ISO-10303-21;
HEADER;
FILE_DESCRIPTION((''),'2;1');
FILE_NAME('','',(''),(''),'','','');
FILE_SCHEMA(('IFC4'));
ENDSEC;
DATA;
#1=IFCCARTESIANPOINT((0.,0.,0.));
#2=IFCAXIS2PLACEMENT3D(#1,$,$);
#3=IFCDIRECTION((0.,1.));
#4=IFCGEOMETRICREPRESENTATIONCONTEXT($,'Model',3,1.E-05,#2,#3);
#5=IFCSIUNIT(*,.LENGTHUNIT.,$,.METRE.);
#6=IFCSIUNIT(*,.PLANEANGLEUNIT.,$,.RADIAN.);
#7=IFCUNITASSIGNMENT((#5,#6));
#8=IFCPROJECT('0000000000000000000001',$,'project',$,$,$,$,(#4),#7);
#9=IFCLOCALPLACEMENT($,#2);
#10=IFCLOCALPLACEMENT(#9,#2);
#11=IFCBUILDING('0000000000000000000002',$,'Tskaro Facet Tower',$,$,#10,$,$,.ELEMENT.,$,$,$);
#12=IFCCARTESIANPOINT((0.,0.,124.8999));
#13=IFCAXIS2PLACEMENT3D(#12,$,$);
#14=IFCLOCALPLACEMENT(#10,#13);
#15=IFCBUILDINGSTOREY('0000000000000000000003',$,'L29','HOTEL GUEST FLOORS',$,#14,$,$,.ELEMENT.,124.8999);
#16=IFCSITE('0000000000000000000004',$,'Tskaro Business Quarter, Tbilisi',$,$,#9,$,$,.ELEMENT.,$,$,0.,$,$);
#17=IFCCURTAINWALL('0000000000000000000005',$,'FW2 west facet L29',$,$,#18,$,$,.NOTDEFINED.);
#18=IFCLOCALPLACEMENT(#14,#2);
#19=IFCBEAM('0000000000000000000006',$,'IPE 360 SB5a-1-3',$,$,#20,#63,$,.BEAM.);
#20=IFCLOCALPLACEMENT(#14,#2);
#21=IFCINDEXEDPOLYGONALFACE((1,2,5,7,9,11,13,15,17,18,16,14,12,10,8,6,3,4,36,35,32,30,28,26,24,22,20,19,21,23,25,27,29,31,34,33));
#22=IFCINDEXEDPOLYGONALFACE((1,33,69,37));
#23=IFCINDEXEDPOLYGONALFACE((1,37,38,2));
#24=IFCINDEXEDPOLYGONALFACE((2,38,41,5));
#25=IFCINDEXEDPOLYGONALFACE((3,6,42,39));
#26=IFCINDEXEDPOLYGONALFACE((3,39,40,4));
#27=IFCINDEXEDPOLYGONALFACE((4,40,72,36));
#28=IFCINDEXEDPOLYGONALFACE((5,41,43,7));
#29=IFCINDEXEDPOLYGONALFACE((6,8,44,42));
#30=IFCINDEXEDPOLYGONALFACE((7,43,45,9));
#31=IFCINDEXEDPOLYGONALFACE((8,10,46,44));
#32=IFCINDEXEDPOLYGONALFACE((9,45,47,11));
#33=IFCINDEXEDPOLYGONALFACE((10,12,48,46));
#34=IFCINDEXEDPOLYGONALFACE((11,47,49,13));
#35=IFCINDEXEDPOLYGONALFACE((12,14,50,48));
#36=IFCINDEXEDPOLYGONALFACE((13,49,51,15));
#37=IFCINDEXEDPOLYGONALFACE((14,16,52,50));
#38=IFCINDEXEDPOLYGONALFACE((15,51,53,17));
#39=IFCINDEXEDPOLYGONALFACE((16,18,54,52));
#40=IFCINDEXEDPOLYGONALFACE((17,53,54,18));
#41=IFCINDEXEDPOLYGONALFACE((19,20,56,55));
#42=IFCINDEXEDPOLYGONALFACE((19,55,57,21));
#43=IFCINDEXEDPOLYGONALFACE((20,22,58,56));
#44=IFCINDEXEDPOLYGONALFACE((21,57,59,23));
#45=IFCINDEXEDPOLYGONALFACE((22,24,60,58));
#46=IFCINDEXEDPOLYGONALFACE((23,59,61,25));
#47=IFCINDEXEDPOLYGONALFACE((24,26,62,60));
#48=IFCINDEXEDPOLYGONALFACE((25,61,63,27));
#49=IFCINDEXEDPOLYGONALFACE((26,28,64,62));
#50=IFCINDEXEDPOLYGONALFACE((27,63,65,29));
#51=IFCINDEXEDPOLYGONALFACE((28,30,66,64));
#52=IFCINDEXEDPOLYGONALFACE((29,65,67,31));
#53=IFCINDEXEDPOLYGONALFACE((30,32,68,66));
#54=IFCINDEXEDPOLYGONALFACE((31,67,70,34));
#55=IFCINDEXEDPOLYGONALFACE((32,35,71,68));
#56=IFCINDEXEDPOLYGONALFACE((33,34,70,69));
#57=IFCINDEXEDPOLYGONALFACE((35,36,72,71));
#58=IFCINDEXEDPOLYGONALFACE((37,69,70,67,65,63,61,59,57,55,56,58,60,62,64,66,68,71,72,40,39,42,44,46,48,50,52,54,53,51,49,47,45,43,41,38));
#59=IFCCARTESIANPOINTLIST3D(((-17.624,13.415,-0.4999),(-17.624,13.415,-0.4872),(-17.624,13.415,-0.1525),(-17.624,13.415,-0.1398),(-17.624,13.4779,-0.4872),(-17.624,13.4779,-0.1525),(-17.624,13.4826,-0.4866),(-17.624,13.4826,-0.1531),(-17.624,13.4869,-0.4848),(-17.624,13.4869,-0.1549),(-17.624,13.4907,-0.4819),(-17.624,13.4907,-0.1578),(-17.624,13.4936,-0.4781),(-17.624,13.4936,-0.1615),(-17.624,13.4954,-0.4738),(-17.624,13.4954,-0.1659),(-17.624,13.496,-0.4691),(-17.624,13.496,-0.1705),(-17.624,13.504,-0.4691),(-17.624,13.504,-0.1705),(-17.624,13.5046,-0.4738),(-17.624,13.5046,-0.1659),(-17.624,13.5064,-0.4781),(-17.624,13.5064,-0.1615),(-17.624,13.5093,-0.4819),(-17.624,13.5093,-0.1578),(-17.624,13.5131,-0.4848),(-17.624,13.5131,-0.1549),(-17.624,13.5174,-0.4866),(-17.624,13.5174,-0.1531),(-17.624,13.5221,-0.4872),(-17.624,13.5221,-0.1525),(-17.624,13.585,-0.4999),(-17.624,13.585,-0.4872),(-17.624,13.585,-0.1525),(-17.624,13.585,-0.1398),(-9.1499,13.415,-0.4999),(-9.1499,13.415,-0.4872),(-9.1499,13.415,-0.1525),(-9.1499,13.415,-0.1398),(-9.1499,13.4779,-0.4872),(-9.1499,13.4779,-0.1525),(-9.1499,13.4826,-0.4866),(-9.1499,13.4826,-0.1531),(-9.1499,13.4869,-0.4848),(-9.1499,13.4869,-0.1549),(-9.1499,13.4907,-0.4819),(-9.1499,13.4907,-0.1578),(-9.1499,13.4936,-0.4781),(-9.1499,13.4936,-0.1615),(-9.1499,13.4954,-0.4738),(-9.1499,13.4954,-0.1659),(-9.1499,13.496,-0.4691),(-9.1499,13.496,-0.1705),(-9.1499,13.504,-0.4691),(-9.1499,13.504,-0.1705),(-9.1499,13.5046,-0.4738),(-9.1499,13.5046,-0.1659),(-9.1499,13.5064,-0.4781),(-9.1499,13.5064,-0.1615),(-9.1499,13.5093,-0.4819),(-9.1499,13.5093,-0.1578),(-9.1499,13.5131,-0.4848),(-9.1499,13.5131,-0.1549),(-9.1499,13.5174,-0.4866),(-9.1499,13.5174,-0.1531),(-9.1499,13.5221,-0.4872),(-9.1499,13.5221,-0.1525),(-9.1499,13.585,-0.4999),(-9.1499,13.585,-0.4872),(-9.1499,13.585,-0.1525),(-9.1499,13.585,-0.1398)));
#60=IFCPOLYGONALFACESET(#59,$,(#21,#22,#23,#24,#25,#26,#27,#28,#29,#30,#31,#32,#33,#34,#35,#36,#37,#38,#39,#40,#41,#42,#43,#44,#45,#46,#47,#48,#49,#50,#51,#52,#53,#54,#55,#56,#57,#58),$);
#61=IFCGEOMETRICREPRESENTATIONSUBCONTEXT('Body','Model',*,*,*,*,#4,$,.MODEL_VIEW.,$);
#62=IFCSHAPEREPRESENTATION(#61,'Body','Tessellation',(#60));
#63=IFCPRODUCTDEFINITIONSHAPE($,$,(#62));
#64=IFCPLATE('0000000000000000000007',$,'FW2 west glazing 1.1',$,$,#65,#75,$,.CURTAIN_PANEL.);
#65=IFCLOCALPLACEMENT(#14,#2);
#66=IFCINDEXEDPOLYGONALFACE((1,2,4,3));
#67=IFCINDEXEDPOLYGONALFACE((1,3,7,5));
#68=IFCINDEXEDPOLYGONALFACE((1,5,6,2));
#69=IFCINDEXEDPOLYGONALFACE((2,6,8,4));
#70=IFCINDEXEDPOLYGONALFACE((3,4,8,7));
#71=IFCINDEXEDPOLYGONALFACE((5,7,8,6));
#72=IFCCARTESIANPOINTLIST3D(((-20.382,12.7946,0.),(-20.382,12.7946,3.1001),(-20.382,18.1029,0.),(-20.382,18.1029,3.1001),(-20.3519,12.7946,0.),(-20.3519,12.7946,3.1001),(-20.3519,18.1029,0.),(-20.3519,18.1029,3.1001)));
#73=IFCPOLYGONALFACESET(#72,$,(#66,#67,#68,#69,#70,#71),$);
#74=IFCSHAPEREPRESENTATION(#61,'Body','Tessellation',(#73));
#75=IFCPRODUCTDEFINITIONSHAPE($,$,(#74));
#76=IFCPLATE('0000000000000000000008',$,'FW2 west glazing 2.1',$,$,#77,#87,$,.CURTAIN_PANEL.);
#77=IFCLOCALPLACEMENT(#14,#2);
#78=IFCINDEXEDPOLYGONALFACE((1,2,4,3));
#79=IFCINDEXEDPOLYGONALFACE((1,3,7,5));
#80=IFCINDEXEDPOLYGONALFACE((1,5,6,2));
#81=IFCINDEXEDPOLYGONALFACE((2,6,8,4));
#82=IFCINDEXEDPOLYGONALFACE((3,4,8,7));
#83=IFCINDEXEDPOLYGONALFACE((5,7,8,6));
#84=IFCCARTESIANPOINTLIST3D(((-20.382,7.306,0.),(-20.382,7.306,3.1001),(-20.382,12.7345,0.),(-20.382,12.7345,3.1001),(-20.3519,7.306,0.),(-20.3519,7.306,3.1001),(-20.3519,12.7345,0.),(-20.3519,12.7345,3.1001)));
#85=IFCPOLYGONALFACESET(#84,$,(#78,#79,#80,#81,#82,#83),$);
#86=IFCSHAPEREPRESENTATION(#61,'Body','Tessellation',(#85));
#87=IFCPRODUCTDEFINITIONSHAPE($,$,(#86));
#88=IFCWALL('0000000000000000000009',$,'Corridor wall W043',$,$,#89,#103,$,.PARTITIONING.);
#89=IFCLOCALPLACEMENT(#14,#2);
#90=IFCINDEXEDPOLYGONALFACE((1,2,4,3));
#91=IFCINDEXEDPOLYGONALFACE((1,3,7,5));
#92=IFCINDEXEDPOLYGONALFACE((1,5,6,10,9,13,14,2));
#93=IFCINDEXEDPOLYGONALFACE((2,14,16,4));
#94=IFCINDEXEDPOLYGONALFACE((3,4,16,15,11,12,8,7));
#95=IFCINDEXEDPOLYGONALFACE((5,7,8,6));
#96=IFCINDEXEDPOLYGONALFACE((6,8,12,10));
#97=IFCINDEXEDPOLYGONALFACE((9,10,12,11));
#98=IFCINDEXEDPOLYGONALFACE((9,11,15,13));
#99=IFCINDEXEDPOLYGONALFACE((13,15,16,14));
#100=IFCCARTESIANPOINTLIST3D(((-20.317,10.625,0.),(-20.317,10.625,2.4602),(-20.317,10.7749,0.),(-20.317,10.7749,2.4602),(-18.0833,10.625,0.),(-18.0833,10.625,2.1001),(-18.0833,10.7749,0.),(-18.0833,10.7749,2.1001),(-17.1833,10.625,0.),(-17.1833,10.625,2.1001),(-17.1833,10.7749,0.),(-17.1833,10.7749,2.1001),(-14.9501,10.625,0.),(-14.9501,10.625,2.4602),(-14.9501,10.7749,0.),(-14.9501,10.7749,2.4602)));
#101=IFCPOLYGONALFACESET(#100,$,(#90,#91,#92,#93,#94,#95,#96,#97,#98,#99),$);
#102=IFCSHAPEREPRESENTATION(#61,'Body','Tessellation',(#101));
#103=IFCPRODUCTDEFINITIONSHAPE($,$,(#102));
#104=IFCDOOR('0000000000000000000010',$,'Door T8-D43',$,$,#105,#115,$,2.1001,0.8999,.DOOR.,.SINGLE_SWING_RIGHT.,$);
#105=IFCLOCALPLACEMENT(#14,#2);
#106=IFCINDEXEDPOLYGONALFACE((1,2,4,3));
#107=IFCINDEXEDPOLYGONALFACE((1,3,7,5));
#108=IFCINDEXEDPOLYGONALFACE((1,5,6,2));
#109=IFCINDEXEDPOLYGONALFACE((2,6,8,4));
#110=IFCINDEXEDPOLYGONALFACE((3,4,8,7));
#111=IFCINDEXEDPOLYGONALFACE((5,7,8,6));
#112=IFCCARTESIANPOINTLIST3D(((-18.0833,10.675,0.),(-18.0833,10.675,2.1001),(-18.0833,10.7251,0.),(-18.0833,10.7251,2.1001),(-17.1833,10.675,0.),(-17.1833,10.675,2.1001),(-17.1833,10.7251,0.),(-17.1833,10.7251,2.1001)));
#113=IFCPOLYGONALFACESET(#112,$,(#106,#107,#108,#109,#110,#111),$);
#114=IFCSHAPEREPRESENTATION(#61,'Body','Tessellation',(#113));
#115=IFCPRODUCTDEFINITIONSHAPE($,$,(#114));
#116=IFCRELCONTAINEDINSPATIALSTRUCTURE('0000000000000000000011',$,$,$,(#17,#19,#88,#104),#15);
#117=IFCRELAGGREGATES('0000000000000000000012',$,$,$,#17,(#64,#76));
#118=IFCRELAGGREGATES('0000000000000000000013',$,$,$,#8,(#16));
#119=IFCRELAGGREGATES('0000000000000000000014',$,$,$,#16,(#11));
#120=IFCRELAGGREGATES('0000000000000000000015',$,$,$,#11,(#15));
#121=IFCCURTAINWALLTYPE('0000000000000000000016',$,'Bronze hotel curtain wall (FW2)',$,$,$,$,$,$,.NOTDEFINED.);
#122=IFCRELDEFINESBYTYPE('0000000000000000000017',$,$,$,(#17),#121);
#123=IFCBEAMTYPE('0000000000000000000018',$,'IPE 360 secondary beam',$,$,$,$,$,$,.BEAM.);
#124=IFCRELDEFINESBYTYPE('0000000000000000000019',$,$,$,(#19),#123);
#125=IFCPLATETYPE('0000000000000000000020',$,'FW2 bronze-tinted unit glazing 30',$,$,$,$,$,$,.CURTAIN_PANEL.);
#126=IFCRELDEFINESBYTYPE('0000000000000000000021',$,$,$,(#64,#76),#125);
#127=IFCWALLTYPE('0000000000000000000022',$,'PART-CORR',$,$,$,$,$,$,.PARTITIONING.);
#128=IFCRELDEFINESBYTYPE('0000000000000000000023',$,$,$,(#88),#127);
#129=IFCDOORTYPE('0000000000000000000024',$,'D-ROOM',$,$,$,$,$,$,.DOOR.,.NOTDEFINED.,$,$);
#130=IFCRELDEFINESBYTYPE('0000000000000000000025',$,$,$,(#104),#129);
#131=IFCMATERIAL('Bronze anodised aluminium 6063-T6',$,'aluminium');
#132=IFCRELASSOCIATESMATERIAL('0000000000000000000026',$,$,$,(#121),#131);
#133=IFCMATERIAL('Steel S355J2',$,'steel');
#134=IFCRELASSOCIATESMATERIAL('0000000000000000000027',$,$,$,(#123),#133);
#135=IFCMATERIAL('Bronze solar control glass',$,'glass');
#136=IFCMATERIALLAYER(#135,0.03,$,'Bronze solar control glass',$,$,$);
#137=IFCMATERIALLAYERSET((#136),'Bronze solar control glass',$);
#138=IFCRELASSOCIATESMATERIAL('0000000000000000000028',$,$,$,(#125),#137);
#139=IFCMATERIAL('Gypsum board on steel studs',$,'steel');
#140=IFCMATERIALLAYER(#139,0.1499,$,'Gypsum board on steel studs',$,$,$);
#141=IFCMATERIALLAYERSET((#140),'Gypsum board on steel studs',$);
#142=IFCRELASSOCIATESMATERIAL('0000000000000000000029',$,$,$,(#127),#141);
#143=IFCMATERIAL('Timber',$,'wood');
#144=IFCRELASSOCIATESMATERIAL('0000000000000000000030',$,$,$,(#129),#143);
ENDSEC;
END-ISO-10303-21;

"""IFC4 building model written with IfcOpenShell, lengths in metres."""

from ifc_helpers import new_model, si_unit, direction, frame, frame_2d, origin, origin_2d, place, context, subcontext, project, spatial, rectangle, i_section, extrude, material, layer, layer_set, material_profile, profile_set, type_object, element, fill, aggregate, save


model = new_model("IFC4")

# Units and contexts
model_context = context("Model", 3, precision=1e-05, world=origin(), true_north=direction((0.0, 1.0)))
body_context = subcontext(model_context, "Body", "Model", "MODEL_VIEW")
ifc_project = project(units=[si_unit("LENGTHUNIT", "METRE"), si_unit("PLANEANGLEUNIT", "RADIAN")], contexts=[model_context])

# Site, building, storey
site_placement = place(None, origin())
site = spatial("IfcSite", under=ifc_project, at=site_placement, Name="Tskaro Business Quarter, Tbilisi", CompositionType="ELEMENT", RefElevation=0.0)
building_placement = place(site_placement, origin())
building = spatial("IfcBuilding", under=site, at=building_placement, Name="Tskaro Facet Tower", CompositionType="ELEMENT")
storey_placement = place(building_placement, frame((0.0, 0.0, 124.8999)))
storey = spatial("IfcBuildingStorey", under=building, at=storey_placement, Name="L29", Description="HOTEL GUEST FLOORS", CompositionType="ELEMENT", Elevation=124.8999)

# Curtain wall
ifc_material_1 = material(Name="Bronze anodised aluminium 6063-T6", Category="aluminium")
curtain_wall_type = type_object("IfcCurtainWallType", Name="Bronze hotel curtain wall (FW2)", PredefinedType="NOTDEFINED", material=ifc_material_1)
curtain_wall_placement = place(storey_placement, origin())
curtain_wall = element("IfcCurtainWall", 1, at=curtain_wall_placement, inside=storey, type_object=curtain_wall_type, Name="FW2 west facet L29", PredefinedType="NOTDEFINED")

# Beam
ifc_material_2 = material(Name="Steel S355J2", Category="steel")
ifc_material_profile_1 = material_profile(ifc_material_2, i_section(OverallWidth=0.1699, OverallDepth=0.3601, WebThickness=0.0081, FlangeThickness=0.0127, FilletRadius=0.0181, at=origin_2d()), Name="IPE 360")
ifc_profile_set_1 = profile_set([ifc_material_profile_1], Name="Steel S355J2")
beam_type_1 = type_object("IfcBeamType", Name="IPE 360 secondary beam", PredefinedType="BEAM", material=ifc_profile_set_1)
beam_1_placement = place(storey_placement, frame((-17.624, 13.5, -0.3198), z_axis=(1.0, 0.0, 0.0), x_axis=(0.0, 1.0, 0.0)))
element("IfcBeam", 2, at=beam_1_placement, inside=storey, type_object=beam_type_1, Name="IPE 360 SB5a-1-3", PredefinedType="BEAM", context=body_context, shape_type="SweptSolid", body=[
    extrude(i_section(OverallWidth=0.1699, OverallDepth=0.3601, WebThickness=0.0081, FlangeThickness=0.0127, FilletRadius=0.0181, at=origin_2d()), origin(), (0.0, 0.0, 1.0), 8.4741),
])

# Plates
ifc_material_3 = material(Name="Bronze solar control glass", Category="glass")
ifc_layer_1 = layer(ifc_material_3, 0.03, Name="Bronze solar control glass")
ifc_layer_set_1 = layer_set([ifc_layer_1], Name="Bronze solar control glass")
plate_type = type_object("IfcPlateType", Name="FW2 bronze-tinted unit glazing 30", PredefinedType="CURTAIN_PANEL", material=ifc_layer_set_1)
plate_1_placement = place(storey_placement, frame((-20.3669, 15.4487, 0.0), z_axis=(0.0, 0.0, 1.0), x_axis=(0.0, -1.0, 0.0)))
plate_1 = element("IfcPlate", 3, at=plate_1_placement, type_object=plate_type, Name="FW2 west glazing 1.1", PredefinedType="CURTAIN_PANEL", context=body_context, shape_type="SweptSolid", body=[
    extrude(rectangle(XDim=5.3083, YDim=0.03, at=origin_2d()), origin(), (0.0, 0.0, 1.0), 3.1001),
])
plate_2_placement = place(storey_placement, frame((-20.3669, 10.0203, 0.0), z_axis=(0.0, 0.0, 1.0), x_axis=(0.0, -1.0, 0.0)))
plate_2 = element("IfcPlate", 4, at=plate_2_placement, type_object=plate_type, Name="FW2 west glazing 2.1", PredefinedType="CURTAIN_PANEL", context=body_context, shape_type="SweptSolid", body=[
    extrude(rectangle(XDim=5.4285, YDim=0.03, at=origin_2d()), origin(), (0.0, 0.0, 1.0), 3.1001),
])
aggregate(curtain_wall, [plate_1, plate_2])

# Wall, opening, door
ifc_material_4 = material(Name="Gypsum board on steel studs", Category="steel")
ifc_layer_2 = layer(ifc_material_4, 0.1499, Name="Gypsum board on steel studs")
ifc_layer_set_2 = layer_set([ifc_layer_2], Name="Gypsum board on steel studs")
wall_type = type_object("IfcWallType", Name="PART-CORR", PredefinedType="PARTITIONING", material=ifc_layer_set_2)
wall_1_placement = place(storey_placement, frame((-14.95, 10.7, 0.0), z_axis=(0.0, 0.0, 1.0), x_axis=(-1.0, 0.0, 0.0)))
wall_1 = element("IfcWall", 5, at=wall_1_placement, inside=storey, type_object=wall_type, Name="Corridor wall W043", PredefinedType="PARTITIONING", context=body_context, shape_type="SweptSolid", body=[
    extrude(rectangle(XDim=5.3669, YDim=0.1499, at=frame_2d((2.6836, 0.0))), origin(), (0.0, 0.0, 1.0), 2.4602),
])
opening_1_placement = place(wall_1_placement, frame((2.2334, 0.0, 0.0)))
opening_1 = element("IfcOpeningElement", 6, at=opening_1_placement, cuts=wall_1, PredefinedType="OPENING", context=body_context, shape_type="SweptSolid", body=[
    extrude(rectangle(XDim=0.8999, YDim=2.1001, at=frame_2d((0.45, 1.05))), frame((0.0, 0.085, 0.0), z_axis=(0.0, -1.0, 0.0), x_axis=(1.0, 0.0, 0.0)), (0.0, 0.0, 1.0), 0.1699),
])
ifc_material_5 = material(Name="Timber", Category="wood")
door_type_1 = type_object("IfcDoorType", Name="D-ROOM", OperationType="NOTDEFINED", PredefinedType="DOOR", material=ifc_material_5)
door_1_placement = place(opening_1_placement, origin())
door_1 = element("IfcDoor", 7, at=door_1_placement, inside=storey, type_object=door_type_1, Name="Door T8-D43", OperationType="SINGLE_SWING_RIGHT", OverallHeight=2.1001, OverallWidth=0.8999, PredefinedType="DOOR", context=body_context, shape_type="SweptSolid", body=[
    extrude(rectangle(XDim=0.8999, YDim=2.1001, at=frame_2d((0.45, 1.05))), frame((0.0, 0.0249, 0.0), z_axis=(0.0, -1.0, 0.0), x_axis=(1.0, 0.0, 0.0)), (0.0, 0.0, 1.0), 0.05),
])
fill(opening_1, door_1)

save(model, "model.ifc")
